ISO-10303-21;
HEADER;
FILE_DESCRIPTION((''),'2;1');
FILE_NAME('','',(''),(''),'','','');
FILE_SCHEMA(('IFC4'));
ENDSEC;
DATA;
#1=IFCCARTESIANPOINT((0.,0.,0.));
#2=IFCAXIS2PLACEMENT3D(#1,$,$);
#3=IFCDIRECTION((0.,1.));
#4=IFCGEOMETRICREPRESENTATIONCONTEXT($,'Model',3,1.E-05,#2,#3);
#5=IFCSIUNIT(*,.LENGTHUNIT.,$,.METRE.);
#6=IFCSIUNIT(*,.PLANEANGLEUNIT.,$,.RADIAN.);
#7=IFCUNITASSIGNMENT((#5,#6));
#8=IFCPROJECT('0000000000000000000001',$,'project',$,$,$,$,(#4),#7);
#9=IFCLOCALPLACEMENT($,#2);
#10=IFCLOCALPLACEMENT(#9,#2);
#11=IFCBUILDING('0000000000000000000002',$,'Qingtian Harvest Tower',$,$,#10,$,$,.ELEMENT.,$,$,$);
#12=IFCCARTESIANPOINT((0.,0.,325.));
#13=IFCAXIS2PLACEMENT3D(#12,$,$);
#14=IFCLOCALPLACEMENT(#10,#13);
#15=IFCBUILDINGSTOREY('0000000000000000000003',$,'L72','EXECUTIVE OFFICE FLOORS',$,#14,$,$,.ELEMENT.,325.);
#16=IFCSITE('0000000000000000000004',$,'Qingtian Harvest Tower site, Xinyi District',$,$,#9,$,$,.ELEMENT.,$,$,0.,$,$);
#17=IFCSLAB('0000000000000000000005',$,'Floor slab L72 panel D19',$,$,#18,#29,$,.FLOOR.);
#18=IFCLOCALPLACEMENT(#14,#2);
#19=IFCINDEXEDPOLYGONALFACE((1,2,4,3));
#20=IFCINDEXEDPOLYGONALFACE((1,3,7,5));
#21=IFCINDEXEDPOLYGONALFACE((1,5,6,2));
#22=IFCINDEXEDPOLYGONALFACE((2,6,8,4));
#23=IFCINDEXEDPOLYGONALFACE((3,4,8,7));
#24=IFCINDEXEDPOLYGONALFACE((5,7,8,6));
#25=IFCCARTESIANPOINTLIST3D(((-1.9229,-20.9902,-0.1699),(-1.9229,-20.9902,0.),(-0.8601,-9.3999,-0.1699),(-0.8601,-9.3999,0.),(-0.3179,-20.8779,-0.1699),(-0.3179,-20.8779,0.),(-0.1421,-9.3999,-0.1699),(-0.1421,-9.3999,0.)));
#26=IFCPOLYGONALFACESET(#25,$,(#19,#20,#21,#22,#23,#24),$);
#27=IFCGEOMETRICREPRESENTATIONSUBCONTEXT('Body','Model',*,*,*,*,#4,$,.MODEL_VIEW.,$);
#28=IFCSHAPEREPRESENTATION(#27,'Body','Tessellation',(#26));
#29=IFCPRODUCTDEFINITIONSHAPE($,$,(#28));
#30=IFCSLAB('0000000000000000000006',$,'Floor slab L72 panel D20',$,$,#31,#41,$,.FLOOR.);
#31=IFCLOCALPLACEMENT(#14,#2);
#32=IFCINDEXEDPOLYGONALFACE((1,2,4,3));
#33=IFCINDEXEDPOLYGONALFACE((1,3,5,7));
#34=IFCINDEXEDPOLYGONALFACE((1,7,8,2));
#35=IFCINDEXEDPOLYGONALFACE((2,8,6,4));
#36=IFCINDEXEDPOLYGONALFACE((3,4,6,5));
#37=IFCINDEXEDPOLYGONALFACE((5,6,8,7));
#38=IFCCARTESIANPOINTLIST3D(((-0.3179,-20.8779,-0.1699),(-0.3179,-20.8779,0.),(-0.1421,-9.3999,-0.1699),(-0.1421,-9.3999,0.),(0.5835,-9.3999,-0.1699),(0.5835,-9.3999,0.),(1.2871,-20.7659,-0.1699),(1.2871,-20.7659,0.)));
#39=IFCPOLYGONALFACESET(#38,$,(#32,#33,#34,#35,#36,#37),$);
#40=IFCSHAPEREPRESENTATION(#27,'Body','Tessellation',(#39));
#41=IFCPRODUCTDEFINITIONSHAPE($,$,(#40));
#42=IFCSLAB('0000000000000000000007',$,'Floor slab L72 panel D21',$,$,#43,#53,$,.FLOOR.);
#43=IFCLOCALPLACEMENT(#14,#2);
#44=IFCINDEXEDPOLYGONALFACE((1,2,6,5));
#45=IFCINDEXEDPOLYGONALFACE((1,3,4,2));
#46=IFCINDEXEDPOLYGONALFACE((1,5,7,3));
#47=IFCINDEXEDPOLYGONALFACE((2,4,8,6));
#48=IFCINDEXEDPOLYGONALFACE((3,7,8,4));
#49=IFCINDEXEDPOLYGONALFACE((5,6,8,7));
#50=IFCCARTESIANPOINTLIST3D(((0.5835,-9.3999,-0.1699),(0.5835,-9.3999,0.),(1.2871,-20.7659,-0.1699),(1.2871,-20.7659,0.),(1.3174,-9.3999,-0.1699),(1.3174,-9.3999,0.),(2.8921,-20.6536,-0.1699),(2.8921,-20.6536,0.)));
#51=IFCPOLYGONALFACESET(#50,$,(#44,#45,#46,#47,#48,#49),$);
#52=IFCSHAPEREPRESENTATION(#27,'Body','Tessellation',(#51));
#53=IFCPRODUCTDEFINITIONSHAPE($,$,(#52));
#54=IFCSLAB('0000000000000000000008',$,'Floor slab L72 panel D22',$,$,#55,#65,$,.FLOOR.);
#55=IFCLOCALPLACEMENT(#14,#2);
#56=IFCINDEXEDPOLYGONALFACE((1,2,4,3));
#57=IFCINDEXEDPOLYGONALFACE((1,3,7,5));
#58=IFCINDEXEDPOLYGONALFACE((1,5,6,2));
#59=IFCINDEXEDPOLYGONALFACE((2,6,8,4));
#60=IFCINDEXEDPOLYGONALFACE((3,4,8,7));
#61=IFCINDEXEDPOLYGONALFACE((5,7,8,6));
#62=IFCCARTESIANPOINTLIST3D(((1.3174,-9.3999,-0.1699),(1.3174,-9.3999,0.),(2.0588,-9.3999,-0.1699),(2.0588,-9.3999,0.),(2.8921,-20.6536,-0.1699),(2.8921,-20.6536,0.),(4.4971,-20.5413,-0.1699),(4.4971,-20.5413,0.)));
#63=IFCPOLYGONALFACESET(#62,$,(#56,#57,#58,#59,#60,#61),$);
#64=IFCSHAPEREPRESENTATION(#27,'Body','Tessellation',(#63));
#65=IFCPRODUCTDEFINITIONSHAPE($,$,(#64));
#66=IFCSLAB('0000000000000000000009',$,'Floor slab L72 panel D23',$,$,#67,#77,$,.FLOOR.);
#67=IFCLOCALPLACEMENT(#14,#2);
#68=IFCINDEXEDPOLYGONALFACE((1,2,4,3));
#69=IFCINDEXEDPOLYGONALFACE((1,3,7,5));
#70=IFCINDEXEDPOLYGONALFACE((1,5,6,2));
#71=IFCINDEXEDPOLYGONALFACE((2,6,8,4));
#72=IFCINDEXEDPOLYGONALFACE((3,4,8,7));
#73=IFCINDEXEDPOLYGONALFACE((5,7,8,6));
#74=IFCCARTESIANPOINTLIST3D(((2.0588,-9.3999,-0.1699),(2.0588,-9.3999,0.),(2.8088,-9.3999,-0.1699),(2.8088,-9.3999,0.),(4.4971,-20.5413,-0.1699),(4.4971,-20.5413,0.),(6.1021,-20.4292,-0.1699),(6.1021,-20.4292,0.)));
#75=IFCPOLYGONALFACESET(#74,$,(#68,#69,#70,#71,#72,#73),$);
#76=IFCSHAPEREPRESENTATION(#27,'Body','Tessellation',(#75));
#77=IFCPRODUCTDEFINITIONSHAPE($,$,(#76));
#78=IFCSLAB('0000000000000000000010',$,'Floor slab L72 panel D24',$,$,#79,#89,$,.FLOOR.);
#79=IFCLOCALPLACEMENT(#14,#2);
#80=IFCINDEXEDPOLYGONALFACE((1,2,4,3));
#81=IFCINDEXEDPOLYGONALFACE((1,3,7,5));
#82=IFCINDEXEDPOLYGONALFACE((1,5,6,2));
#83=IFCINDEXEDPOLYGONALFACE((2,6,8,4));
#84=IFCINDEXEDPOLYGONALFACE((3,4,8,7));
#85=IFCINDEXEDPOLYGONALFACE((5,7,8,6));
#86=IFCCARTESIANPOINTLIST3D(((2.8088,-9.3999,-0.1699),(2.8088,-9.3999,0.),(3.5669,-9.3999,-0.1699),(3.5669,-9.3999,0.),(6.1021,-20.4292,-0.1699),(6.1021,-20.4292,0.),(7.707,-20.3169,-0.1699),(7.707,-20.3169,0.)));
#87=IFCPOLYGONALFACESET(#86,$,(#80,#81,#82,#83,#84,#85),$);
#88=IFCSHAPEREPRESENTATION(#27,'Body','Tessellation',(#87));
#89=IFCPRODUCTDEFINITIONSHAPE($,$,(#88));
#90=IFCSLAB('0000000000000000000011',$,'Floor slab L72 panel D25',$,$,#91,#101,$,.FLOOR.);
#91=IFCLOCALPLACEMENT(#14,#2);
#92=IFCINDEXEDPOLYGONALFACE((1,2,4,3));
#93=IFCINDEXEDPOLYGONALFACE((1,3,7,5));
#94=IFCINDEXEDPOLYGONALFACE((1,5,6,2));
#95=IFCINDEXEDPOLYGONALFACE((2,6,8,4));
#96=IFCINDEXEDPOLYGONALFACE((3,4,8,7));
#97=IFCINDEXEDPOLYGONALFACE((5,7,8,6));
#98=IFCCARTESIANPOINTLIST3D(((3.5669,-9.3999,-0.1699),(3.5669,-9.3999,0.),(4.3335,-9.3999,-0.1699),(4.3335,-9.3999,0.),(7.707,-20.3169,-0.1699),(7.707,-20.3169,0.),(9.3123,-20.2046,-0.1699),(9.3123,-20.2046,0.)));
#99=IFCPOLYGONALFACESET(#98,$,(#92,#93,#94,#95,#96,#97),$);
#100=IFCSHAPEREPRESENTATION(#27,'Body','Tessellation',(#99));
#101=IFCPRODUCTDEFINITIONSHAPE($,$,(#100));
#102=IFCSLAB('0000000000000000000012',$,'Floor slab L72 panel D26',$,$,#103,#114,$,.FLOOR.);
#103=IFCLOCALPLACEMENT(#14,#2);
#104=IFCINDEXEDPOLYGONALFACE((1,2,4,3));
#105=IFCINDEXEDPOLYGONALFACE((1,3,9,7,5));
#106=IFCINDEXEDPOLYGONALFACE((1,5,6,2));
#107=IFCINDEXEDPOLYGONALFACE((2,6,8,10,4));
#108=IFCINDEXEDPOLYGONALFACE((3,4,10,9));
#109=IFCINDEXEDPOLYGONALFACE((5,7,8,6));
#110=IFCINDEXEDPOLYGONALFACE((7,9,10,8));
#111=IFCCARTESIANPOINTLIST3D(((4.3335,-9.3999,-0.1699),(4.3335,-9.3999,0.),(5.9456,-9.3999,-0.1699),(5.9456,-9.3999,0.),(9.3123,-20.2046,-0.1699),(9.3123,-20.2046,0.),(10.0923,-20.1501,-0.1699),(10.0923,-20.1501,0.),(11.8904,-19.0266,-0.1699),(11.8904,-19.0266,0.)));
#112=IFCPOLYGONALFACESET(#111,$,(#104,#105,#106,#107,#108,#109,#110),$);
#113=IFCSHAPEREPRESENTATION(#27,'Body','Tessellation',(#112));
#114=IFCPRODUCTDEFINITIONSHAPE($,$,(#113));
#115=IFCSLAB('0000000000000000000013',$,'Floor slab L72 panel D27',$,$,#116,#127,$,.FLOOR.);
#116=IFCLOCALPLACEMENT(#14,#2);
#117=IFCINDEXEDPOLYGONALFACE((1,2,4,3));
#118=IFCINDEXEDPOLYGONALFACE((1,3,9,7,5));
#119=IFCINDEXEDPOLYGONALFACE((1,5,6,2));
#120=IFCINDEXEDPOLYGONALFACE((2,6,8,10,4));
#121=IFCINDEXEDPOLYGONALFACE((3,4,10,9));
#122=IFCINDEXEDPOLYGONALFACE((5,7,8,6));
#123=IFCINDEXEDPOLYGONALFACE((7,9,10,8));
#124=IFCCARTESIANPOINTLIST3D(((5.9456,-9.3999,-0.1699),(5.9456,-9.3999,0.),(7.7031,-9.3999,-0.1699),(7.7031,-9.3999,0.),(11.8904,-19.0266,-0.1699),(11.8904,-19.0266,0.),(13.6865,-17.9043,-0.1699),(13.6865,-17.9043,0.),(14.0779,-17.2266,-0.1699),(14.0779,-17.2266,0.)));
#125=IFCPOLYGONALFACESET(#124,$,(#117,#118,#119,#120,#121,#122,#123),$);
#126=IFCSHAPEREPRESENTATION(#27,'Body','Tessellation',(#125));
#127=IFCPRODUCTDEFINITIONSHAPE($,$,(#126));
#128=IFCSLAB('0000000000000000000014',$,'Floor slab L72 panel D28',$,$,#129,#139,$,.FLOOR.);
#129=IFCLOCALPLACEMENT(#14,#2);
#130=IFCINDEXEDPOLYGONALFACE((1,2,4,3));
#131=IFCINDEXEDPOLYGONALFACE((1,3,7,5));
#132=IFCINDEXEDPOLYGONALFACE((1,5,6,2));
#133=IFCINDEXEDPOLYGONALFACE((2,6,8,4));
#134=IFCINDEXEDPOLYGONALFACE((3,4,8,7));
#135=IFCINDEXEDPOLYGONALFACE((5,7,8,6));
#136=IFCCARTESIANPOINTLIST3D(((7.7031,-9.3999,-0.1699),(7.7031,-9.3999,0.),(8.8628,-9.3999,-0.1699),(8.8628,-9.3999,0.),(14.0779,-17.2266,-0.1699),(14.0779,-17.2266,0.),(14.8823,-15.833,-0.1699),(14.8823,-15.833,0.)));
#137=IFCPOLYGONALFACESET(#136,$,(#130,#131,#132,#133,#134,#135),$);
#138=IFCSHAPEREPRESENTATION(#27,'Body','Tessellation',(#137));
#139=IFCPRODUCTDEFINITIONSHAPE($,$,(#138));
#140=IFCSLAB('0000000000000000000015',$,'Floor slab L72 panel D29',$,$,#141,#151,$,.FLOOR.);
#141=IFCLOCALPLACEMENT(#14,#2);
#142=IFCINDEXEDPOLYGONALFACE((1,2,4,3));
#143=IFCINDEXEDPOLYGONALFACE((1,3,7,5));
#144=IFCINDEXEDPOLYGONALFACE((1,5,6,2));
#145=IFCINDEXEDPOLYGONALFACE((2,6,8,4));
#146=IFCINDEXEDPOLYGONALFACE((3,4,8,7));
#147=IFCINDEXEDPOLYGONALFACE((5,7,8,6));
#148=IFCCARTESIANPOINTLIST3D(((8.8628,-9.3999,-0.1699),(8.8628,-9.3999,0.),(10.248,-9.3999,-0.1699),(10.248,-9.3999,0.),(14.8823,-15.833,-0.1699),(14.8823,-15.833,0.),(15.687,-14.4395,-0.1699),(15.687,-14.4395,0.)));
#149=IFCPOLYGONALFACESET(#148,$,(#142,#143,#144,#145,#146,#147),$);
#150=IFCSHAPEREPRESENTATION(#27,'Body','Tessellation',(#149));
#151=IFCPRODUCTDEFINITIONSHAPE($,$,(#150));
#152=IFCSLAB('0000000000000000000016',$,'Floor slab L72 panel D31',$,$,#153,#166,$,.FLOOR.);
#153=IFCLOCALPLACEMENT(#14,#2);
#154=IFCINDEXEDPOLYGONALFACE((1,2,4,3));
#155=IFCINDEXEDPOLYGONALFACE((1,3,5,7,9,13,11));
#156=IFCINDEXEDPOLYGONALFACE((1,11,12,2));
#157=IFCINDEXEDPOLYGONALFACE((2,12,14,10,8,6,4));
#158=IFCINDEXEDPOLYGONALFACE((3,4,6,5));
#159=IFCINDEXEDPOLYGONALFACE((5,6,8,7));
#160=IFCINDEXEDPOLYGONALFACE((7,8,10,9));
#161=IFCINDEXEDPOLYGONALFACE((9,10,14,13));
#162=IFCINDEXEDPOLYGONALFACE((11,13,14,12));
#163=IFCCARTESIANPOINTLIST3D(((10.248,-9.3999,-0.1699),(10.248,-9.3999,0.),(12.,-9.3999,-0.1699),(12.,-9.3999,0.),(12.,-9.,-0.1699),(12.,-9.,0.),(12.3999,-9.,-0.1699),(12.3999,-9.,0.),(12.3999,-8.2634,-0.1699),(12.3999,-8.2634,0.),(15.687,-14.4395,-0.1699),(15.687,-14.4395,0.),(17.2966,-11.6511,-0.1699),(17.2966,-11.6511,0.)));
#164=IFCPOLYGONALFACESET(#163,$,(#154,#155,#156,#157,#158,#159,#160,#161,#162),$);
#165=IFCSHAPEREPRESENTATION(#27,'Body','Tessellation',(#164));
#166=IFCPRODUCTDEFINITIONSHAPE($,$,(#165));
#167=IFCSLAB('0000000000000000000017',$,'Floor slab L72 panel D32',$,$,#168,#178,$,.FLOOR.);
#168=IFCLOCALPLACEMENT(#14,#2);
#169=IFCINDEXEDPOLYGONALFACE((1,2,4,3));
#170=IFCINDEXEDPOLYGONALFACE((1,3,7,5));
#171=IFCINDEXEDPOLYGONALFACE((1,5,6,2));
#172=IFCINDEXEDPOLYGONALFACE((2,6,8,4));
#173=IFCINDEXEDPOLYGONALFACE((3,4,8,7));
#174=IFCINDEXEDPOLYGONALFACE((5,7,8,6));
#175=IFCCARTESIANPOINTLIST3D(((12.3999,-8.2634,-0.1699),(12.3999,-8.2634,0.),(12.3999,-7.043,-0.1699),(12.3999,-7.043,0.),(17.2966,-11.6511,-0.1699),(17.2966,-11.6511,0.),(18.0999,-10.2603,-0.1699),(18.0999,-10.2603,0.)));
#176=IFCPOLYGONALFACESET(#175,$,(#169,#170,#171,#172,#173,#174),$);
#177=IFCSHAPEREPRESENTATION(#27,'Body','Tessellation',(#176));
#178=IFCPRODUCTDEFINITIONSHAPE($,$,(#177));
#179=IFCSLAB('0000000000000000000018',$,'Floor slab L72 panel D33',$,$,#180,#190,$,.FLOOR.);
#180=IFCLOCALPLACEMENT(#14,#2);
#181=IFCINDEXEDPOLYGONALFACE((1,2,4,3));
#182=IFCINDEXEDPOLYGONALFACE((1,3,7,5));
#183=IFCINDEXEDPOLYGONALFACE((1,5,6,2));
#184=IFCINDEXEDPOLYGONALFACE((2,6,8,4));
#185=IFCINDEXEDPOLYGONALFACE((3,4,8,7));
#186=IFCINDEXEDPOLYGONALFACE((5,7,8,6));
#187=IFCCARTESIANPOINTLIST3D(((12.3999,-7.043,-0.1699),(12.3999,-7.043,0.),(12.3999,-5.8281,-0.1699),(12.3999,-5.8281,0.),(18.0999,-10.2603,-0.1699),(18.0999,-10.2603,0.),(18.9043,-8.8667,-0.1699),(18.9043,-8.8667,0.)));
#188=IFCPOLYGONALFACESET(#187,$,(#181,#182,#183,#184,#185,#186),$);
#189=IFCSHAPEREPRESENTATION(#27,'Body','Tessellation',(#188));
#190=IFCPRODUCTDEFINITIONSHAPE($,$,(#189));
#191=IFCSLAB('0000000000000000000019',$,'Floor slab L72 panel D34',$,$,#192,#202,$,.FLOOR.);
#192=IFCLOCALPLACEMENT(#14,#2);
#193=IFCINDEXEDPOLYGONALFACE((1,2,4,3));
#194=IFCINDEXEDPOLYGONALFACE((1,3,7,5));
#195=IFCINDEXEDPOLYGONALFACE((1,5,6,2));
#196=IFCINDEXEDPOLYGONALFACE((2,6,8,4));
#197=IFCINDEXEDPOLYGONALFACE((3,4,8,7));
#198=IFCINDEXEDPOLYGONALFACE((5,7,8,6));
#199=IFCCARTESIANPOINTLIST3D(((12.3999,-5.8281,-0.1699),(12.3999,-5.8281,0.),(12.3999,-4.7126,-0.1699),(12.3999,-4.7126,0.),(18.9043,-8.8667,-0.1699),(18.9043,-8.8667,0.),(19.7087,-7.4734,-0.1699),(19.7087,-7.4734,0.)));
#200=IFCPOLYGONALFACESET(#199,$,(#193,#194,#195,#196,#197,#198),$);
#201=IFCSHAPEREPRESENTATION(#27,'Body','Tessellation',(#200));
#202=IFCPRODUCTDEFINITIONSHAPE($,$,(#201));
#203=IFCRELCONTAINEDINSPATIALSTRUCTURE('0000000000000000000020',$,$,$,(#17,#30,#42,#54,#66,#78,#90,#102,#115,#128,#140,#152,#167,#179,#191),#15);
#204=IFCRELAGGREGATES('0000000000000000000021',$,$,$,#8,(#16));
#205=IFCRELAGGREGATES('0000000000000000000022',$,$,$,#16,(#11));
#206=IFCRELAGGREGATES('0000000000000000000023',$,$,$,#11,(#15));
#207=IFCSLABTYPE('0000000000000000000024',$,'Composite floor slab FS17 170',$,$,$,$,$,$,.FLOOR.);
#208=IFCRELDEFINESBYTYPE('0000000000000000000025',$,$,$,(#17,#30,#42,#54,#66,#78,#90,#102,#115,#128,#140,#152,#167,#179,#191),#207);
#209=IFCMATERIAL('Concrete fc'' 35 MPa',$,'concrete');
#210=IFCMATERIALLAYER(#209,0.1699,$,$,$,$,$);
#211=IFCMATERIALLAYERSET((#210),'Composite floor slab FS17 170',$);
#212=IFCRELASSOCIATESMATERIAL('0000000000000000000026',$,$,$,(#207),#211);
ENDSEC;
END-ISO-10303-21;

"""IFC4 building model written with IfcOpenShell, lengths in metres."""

from ifc_helpers import new_model, si_unit, direction, frame, origin, place, context, subcontext, project, spatial, polyline, outline, extrude, material, layer, layer_set, type_object, element, save


model = new_model("IFC4")

# Units and contexts
model_context = context("Model", 3, precision=1e-05, world=origin(), true_north=direction((0.0, 1.0)))
body_context = subcontext(model_context, "Body", "Model", "MODEL_VIEW")
ifc_project = project(units=[si_unit("LENGTHUNIT", "METRE"), si_unit("PLANEANGLEUNIT", "RADIAN")], contexts=[model_context])

# Site, building, storey
site_placement = place(None, origin())
site = spatial("IfcSite", under=ifc_project, at=site_placement, Name="Qingtian Harvest Tower site, Xinyi District", CompositionType="ELEMENT", RefElevation=0.0)
building_placement = place(site_placement, origin())
building = spatial("IfcBuilding", under=site, at=building_placement, Name="Qingtian Harvest Tower", CompositionType="ELEMENT")
storey_placement = place(building_placement, frame((0.0, 0.0, 325.0)))
storey = spatial("IfcBuildingStorey", under=building, at=storey_placement, Name="L72", Description="EXECUTIVE OFFICE FLOORS", CompositionType="ELEMENT", Elevation=325.0)

# Slabs
ifc_material_1 = material(Name="Concrete fc' 35 MPa", Category="concrete")
ifc_layer_1 = layer(ifc_material_1, 0.1699)
ifc_layer_set_1 = layer_set([ifc_layer_1], Name="Composite floor slab FS17 170")
slab_type = type_object("IfcSlabType", Name="Composite floor slab FS17 170", PredefinedType="FLOOR", material=ifc_layer_set_1)
slab_1_placement = place(storey_placement, frame((0.0, 0.0, -0.1699)))
element("IfcSlab", 1, at=slab_1_placement, inside=storey, type_object=slab_type, Name="Floor slab L72 panel D19", PredefinedType="FLOOR", context=body_context, shape_type="SweptSolid", body=[
    extrude(outline(polyline([(-0.1421, -9.3999), (-0.3179, -20.8779), (-1.9229, -20.9902), (-0.8601, -9.3999), (-0.1421, -9.3999)])), origin(), (0.0, 0.0, 1.0), 0.1699),
])
slab_2_placement = place(storey_placement, frame((0.0, 0.0, -0.1699)))
element("IfcSlab", 2, at=slab_2_placement, inside=storey, type_object=slab_type, Name="Floor slab L72 panel D20", PredefinedType="FLOOR", context=body_context, shape_type="SweptSolid", body=[
    extrude(outline(polyline([(0.5835, -9.3999), (1.2871, -20.7659), (-0.3179, -20.8779), (-0.1421, -9.3999), (0.5835, -9.3999)])), origin(), (0.0, 0.0, 1.0), 0.1699),
])
slab_3_placement = place(storey_placement, frame((0.0, 0.0, -0.1699)))
element("IfcSlab", 3, at=slab_3_placement, inside=storey, type_object=slab_type, Name="Floor slab L72 panel D21", PredefinedType="FLOOR", context=body_context, shape_type="SweptSolid", body=[
    extrude(outline(polyline([(1.3174, -9.3999), (2.8921, -20.6536), (1.2871, -20.7659), (0.5835, -9.3999), (1.3174, -9.3999)])), origin(), (0.0, 0.0, 1.0), 0.1699),
])
slab_4_placement = place(storey_placement, frame((0.0, 0.0, -0.1699)))
element("IfcSlab", 4, at=slab_4_placement, inside=storey, type_object=slab_type, Name="Floor slab L72 panel D22", PredefinedType="FLOOR", context=body_context, shape_type="SweptSolid", body=[
    extrude(outline(polyline([(2.0588, -9.3999), (4.4971, -20.5413), (2.8921, -20.6536), (1.3174, -9.3999), (2.0588, -9.3999)])), origin(), (0.0, 0.0, 1.0), 0.1699),
])
slab_5_placement = place(storey_placement, frame((0.0, 0.0, -0.1699)))
element("IfcSlab", 5, at=slab_5_placement, inside=storey, type_object=slab_type, Name="Floor slab L72 panel D23", PredefinedType="FLOOR", context=body_context, shape_type="SweptSolid", body=[
    extrude(outline(polyline([(2.8088, -9.3999), (6.1021, -20.4292), (4.4971, -20.5413), (2.0588, -9.3999), (2.8088, -9.3999)])), origin(), (0.0, 0.0, 1.0), 0.1699),
])
slab_6_placement = place(storey_placement, frame((0.0, 0.0, -0.1699)))
element("IfcSlab", 6, at=slab_6_placement, inside=storey, type_object=slab_type, Name="Floor slab L72 panel D24", PredefinedType="FLOOR", context=body_context, shape_type="SweptSolid", body=[
    extrude(outline(polyline([(3.5669, -9.3999), (7.707, -20.3169), (6.1021, -20.4292), (2.8088, -9.3999), (3.5669, -9.3999)])), origin(), (0.0, 0.0, 1.0), 0.1699),
])
slab_7_placement = place(storey_placement, frame((0.0, 0.0, -0.1699)))
element("IfcSlab", 7, at=slab_7_placement, inside=storey, type_object=slab_type, Name="Floor slab L72 panel D25", PredefinedType="FLOOR", context=body_context, shape_type="SweptSolid", body=[
    extrude(outline(polyline([(4.3335, -9.3999), (9.3123, -20.2046), (7.707, -20.3169), (3.5669, -9.3999), (4.3335, -9.3999)])), origin(), (0.0, 0.0, 1.0), 0.1699),
])
slab_8_placement = place(storey_placement, frame((0.0, 0.0, -0.1699)))
element("IfcSlab", 8, at=slab_8_placement, inside=storey, type_object=slab_type, Name="Floor slab L72 panel D26", PredefinedType="FLOOR", context=body_context, shape_type="SweptSolid", body=[
    extrude(outline(polyline([(4.3335, -9.3999), (5.9456, -9.3999), (11.8904, -19.0266), (10.0923, -20.1501), (9.3123, -20.2046), (4.3335, -9.3999)])), origin(), (0.0, 0.0, 1.0), 0.1699),
])
slab_9_placement = place(storey_placement, frame((0.0, 0.0, -0.1699)))
element("IfcSlab", 9, at=slab_9_placement, inside=storey, type_object=slab_type, Name="Floor slab L72 panel D27", PredefinedType="FLOOR", context=body_context, shape_type="SweptSolid", body=[
    extrude(outline(polyline([(5.9456, -9.3999), (7.7031, -9.3999), (14.0779, -17.2266), (13.6865, -17.9043), (11.8904, -19.0266), (5.9456, -9.3999)])), origin(), (0.0, 0.0, 1.0), 0.1699),
])
slab_10_placement = place(storey_placement, frame((0.0, 0.0, -0.1699)))
element("IfcSlab", 10, at=slab_10_placement, inside=storey, type_object=slab_type, Name="Floor slab L72 panel D28", PredefinedType="FLOOR", context=body_context, shape_type="SweptSolid", body=[
    extrude(outline(polyline([(8.8628, -9.3999), (14.8823, -15.833), (14.0779, -17.2266), (7.7031, -9.3999), (8.8628, -9.3999)])), origin(), (0.0, 0.0, 1.0), 0.1699),
])
slab_11_placement = place(storey_placement, frame((0.0, 0.0, -0.1699)))
element("IfcSlab", 11, at=slab_11_placement, inside=storey, type_object=slab_type, Name="Floor slab L72 panel D29", PredefinedType="FLOOR", context=body_context, shape_type="SweptSolid", body=[
    extrude(outline(polyline([(10.248, -9.3999), (15.687, -14.4395), (14.8823, -15.833), (8.8628, -9.3999), (10.248, -9.3999)])), origin(), (0.0, 0.0, 1.0), 0.1699),
])
slab_12_placement = place(storey_placement, frame((0.0, 0.0, -0.1699)))
element("IfcSlab", 12, at=slab_12_placement, inside=storey, type_object=slab_type, Name="Floor slab L72 panel D31", PredefinedType="FLOOR", context=body_context, shape_type="SweptSolid", body=[
    extrude(outline(polyline([(12.3999, -8.2634), (17.2966, -11.6511), (15.687, -14.4395), (10.248, -9.3999), (12.0, -9.3999), (12.0, -9.0), (12.3999, -9.0), (12.3999, -8.2634)])), origin(), (0.0, 0.0, 1.0), 0.1699),
])
slab_13_placement = place(storey_placement, frame((0.0, 0.0, -0.1699)))
element("IfcSlab", 13, at=slab_13_placement, inside=storey, type_object=slab_type, Name="Floor slab L72 panel D32", PredefinedType="FLOOR", context=body_context, shape_type="SweptSolid", body=[
    extrude(outline(polyline([(12.3999, -7.043), (18.0999, -10.2603), (17.2966, -11.6511), (12.3999, -8.2634), (12.3999, -7.043)])), origin(), (0.0, 0.0, 1.0), 0.1699),
])
slab_14_placement = place(storey_placement, frame((0.0, 0.0, -0.1699)))
element("IfcSlab", 14, at=slab_14_placement, inside=storey, type_object=slab_type, Name="Floor slab L72 panel D33", PredefinedType="FLOOR", context=body_context, shape_type="SweptSolid", body=[
    extrude(outline(polyline([(12.3999, -5.8281), (18.9043, -8.8667), (18.0999, -10.2603), (12.3999, -7.043), (12.3999, -5.8281)])), origin(), (0.0, 0.0, 1.0), 0.1699),
])
slab_15_placement = place(storey_placement, frame((0.0, 0.0, -0.1699)))
element("IfcSlab", 15, at=slab_15_placement, inside=storey, type_object=slab_type, Name="Floor slab L72 panel D34", PredefinedType="FLOOR", context=body_context, shape_type="SweptSolid", body=[
    extrude(outline(polyline([(12.3999, -4.7126), (19.7087, -7.4734), (18.9043, -8.8667), (12.3999, -5.8281), (12.3999, -4.7126)])), origin(), (0.0, 0.0, 1.0), 0.1699),
])

save(model, "model.ifc")
